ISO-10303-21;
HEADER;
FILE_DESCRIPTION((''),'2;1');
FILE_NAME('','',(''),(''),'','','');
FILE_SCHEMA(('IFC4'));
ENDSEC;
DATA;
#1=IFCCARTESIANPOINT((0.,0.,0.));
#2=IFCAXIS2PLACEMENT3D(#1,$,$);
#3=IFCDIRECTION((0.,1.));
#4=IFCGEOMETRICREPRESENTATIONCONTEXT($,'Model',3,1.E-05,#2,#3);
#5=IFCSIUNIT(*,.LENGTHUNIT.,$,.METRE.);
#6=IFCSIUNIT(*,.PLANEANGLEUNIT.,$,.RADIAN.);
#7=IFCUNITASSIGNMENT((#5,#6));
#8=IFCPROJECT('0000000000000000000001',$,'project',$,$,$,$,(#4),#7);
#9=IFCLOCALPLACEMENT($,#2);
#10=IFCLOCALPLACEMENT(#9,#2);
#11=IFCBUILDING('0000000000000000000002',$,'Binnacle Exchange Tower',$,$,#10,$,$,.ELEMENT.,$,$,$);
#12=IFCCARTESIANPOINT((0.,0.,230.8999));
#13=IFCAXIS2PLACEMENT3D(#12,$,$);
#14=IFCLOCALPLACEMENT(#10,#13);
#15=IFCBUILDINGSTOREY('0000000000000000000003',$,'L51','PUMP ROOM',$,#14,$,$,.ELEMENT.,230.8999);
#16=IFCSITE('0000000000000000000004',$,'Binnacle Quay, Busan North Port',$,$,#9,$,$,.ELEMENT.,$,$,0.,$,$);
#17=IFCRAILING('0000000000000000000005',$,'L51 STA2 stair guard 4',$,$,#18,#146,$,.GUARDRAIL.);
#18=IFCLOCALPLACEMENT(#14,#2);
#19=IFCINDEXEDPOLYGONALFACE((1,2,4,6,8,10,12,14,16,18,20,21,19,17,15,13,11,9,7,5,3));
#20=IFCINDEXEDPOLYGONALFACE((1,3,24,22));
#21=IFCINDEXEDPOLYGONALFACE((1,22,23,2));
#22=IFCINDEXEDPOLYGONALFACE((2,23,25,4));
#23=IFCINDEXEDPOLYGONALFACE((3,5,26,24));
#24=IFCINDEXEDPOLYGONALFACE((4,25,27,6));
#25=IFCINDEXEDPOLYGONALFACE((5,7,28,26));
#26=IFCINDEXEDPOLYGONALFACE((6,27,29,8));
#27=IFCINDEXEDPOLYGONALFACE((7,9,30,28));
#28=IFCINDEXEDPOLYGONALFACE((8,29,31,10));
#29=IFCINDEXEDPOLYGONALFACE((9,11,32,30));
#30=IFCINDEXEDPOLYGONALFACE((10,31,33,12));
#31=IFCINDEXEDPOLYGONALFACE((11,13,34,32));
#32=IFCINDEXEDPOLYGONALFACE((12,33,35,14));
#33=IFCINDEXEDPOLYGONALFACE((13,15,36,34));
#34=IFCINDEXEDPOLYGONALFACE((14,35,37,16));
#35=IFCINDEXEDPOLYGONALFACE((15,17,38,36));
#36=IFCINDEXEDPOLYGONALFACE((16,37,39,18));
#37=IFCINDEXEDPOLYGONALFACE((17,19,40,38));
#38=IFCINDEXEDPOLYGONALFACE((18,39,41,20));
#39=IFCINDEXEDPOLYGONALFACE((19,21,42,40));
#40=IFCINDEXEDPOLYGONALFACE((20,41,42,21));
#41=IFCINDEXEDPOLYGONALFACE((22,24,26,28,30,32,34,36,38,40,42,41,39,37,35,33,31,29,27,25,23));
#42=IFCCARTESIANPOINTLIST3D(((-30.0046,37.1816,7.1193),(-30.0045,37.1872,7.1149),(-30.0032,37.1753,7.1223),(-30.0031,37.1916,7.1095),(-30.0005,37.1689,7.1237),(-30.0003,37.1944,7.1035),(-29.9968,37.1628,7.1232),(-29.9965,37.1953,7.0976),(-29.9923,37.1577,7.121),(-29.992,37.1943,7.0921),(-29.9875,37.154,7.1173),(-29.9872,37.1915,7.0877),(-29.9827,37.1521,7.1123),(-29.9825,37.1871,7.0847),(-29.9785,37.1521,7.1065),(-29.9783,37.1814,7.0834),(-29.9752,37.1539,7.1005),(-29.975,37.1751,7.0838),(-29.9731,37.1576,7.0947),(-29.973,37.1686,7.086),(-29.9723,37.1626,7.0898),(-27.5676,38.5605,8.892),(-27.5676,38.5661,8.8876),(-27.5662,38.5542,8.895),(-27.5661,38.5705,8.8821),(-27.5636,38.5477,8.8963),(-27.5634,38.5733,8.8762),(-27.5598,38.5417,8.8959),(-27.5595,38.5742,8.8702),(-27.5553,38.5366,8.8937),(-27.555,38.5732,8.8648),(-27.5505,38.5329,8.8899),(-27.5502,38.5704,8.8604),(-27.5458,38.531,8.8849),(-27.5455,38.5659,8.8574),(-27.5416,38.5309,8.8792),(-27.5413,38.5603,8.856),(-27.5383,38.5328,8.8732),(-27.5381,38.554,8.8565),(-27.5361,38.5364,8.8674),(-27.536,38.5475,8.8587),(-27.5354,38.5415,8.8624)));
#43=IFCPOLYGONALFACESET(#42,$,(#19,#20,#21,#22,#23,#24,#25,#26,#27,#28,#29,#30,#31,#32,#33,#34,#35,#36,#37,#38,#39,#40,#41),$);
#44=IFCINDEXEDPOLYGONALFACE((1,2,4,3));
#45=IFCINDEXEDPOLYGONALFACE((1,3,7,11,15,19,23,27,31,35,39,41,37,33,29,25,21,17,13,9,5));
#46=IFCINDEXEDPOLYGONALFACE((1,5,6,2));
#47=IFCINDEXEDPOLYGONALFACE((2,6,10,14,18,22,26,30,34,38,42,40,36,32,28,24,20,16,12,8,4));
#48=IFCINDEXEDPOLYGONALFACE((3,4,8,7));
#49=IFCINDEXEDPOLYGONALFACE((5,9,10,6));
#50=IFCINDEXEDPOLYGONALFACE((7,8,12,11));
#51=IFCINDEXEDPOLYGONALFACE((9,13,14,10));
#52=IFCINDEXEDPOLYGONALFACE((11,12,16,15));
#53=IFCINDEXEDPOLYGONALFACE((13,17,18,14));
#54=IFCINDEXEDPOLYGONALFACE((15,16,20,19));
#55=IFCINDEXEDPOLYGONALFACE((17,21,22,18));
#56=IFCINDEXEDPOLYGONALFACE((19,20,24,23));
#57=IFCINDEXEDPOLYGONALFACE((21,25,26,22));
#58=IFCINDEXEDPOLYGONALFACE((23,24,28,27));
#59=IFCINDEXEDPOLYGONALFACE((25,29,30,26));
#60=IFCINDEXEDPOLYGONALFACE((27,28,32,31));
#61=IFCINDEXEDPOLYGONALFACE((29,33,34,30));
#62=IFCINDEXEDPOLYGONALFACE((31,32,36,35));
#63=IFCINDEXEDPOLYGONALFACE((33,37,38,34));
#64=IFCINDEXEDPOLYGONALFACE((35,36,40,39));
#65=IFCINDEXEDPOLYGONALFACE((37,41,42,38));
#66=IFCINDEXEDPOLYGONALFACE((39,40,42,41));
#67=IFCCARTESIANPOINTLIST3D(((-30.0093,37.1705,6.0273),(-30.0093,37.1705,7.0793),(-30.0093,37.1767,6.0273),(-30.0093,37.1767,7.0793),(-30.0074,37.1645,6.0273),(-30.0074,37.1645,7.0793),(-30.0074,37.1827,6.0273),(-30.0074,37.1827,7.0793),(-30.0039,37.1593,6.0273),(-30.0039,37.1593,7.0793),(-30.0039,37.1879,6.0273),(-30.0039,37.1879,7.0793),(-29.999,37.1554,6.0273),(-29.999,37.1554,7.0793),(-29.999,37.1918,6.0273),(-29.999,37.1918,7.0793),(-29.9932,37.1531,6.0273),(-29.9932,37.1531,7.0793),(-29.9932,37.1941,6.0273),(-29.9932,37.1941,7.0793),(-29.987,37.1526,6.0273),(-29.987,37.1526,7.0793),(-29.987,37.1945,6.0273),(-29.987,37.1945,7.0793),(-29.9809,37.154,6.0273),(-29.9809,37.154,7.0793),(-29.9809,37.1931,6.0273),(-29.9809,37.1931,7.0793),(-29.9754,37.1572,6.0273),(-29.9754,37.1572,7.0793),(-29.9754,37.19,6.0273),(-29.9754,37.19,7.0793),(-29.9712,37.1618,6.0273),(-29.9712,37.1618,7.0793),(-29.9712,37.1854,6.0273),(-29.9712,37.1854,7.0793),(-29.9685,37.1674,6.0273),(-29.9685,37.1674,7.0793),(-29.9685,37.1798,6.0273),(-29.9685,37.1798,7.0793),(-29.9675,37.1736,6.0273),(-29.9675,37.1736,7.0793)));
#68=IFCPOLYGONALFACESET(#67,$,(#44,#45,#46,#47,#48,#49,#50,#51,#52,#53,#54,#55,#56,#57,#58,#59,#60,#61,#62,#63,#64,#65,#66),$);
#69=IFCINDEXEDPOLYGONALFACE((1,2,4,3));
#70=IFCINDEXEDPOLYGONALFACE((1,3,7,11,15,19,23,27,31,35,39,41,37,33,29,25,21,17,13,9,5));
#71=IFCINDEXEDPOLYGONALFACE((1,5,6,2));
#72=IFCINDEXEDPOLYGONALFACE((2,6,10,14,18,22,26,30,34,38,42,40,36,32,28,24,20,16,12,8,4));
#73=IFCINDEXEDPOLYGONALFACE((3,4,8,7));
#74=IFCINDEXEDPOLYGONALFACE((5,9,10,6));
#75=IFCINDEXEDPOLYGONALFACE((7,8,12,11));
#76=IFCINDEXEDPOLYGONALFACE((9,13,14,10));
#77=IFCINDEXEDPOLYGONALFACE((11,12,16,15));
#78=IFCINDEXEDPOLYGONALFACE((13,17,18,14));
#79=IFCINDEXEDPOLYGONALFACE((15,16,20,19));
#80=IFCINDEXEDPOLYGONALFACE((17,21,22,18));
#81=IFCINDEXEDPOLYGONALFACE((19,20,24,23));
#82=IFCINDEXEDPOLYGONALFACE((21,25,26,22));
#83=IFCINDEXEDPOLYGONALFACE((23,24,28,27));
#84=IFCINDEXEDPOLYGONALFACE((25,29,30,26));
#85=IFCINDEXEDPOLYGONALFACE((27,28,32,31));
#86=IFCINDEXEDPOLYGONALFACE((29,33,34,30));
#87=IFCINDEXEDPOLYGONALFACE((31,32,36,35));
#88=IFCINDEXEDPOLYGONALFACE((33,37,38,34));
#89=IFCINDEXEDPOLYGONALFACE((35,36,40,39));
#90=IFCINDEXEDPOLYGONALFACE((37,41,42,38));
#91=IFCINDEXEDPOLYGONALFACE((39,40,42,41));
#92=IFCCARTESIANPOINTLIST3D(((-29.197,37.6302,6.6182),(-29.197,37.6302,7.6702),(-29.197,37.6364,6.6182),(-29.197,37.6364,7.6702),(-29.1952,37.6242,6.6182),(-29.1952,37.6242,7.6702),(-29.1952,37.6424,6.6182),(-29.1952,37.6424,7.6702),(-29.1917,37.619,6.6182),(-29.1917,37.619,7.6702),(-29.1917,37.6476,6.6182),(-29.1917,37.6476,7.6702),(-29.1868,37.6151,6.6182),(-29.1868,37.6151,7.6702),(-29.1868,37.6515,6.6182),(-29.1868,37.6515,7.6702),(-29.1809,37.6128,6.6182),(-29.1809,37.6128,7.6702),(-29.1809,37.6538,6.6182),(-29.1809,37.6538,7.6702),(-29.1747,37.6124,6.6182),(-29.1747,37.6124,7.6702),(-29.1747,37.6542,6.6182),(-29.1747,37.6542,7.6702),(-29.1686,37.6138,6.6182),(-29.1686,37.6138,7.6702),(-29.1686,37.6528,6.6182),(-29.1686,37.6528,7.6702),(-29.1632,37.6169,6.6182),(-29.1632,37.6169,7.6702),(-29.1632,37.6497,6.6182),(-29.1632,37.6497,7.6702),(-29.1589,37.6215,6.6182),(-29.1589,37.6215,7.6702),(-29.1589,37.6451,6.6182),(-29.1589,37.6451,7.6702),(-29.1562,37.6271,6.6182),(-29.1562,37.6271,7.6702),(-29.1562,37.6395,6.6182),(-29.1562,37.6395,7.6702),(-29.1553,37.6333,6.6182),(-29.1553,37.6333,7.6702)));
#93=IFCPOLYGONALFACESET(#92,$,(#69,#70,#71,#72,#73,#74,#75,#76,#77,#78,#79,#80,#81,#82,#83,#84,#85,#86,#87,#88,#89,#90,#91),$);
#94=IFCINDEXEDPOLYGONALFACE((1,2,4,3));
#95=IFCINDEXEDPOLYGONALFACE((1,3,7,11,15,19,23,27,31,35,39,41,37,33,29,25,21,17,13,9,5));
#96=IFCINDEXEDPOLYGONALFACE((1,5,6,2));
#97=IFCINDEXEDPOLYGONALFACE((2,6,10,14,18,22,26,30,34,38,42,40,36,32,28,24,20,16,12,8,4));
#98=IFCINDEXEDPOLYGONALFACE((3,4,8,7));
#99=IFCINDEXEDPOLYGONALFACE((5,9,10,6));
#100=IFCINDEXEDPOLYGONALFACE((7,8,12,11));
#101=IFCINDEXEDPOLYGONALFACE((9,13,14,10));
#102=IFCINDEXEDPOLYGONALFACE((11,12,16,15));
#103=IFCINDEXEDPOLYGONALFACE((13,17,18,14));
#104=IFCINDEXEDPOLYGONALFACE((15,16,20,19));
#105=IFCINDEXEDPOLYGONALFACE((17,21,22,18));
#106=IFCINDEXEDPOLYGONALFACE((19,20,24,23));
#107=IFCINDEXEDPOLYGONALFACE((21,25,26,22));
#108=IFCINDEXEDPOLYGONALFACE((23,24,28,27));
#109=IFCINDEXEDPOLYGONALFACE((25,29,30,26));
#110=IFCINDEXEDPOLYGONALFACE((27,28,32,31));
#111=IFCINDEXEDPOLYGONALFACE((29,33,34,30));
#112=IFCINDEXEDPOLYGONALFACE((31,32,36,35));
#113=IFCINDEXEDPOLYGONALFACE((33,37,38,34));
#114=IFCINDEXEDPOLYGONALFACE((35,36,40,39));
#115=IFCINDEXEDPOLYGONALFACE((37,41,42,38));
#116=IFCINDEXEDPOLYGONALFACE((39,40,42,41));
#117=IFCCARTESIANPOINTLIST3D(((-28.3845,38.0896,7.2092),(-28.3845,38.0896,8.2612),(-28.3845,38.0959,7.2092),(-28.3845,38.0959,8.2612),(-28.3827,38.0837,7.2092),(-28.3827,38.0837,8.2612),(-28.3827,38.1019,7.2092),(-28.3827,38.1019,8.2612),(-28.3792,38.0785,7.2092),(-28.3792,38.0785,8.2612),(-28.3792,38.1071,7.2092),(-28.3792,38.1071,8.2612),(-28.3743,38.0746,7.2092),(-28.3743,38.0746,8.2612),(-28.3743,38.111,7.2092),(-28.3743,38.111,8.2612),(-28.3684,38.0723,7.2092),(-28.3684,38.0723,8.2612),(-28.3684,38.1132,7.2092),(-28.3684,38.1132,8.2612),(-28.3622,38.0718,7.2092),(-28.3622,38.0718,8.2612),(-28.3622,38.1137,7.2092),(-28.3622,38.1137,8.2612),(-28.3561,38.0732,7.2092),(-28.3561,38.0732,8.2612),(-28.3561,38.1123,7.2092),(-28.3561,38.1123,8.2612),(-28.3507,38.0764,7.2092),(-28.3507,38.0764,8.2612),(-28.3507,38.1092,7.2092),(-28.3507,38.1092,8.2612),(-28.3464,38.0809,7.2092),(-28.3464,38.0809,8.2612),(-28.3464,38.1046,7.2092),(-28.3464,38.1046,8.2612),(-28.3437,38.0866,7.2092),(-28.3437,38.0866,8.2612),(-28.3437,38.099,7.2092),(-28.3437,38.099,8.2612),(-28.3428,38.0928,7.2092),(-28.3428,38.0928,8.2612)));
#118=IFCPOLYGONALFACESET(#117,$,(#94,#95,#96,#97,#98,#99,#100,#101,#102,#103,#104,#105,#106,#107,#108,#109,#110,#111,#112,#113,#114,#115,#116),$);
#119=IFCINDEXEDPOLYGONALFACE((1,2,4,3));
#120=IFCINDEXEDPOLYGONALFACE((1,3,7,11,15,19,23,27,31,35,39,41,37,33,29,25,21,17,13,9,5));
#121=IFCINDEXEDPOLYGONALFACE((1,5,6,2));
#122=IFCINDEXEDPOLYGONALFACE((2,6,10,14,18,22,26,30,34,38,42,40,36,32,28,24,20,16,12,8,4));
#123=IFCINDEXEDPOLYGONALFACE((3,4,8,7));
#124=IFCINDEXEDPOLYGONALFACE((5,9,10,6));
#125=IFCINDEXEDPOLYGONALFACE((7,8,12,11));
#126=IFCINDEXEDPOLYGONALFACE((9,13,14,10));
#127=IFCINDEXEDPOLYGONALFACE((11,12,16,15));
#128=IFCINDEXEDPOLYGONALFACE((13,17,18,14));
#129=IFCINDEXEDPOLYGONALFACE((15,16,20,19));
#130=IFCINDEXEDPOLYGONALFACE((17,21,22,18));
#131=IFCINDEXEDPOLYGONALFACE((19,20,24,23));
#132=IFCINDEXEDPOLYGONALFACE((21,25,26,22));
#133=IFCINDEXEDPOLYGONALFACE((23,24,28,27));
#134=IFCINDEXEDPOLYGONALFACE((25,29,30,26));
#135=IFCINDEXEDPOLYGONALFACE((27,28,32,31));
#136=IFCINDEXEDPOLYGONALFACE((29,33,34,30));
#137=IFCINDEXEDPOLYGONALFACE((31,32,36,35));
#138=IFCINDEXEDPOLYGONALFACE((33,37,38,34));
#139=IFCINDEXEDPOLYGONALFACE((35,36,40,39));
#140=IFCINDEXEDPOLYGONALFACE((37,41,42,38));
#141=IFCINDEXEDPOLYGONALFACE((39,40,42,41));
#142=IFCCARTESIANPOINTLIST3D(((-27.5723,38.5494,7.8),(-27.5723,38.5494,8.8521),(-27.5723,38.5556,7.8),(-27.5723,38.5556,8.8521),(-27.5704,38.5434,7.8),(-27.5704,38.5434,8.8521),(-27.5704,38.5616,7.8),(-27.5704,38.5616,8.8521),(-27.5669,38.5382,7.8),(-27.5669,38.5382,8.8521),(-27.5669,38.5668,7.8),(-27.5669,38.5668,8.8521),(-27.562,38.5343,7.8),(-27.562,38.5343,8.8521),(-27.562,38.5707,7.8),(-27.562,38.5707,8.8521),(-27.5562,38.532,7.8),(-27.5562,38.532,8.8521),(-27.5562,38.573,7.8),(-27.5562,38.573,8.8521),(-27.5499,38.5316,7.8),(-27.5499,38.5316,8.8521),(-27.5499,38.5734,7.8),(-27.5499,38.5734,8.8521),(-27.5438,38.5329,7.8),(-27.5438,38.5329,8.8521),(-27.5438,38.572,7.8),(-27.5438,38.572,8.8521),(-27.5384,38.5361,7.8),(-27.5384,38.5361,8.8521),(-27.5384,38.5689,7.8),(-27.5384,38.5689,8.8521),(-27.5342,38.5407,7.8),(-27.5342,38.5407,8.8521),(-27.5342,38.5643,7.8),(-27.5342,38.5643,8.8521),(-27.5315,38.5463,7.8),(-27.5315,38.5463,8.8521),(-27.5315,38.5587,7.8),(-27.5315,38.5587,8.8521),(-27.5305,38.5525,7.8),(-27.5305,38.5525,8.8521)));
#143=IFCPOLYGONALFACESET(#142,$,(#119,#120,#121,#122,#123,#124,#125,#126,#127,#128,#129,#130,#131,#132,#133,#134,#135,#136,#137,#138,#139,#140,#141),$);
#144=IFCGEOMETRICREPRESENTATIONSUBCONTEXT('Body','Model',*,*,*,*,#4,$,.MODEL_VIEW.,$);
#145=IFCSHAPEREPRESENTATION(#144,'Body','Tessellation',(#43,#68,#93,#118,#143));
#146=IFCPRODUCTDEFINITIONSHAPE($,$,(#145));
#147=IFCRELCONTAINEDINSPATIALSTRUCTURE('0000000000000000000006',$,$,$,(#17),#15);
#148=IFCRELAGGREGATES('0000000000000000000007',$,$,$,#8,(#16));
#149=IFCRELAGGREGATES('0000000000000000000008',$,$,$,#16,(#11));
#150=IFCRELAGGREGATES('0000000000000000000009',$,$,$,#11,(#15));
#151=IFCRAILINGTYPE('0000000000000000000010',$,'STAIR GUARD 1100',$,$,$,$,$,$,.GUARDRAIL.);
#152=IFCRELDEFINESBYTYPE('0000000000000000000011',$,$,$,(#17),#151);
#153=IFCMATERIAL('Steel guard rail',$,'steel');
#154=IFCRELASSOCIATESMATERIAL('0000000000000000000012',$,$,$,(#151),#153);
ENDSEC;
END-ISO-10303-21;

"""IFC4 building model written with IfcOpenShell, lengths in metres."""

from ifc_helpers import new_model, si_unit, direction, frame, origin, origin_2d, place, context, subcontext, project, spatial, circle, extrude, material, type_object, element, save


model = new_model("IFC4")

# Units and contexts
model_context = context("Model", 3, precision=1e-05, world=origin(), true_north=direction((0.0, 1.0)))
body_context = subcontext(model_context, "Body", "Model", "MODEL_VIEW")
ifc_project = project(units=[si_unit("LENGTHUNIT", "METRE"), si_unit("PLANEANGLEUNIT", "RADIAN")], contexts=[model_context])

# Site, building, storey
site_placement = place(None, origin())
site = spatial("IfcSite", under=ifc_project, at=site_placement, Name="Binnacle Quay, Busan North Port", CompositionType="ELEMENT", RefElevation=0.0)
building_placement = place(site_placement, origin())
building = spatial("IfcBuilding", under=site, at=building_placement, Name="Binnacle Exchange Tower", CompositionType="ELEMENT")
storey_placement = place(building_placement, frame((0.0, 0.0, 230.8999)))
storey = spatial("IfcBuildingStorey", under=building, at=storey_placement, Name="L51", Description="PUMP ROOM", CompositionType="ELEMENT", Elevation=230.8999)

# Railing
ifc_material_1 = material(Name="Steel guard rail", Category="steel")
railing_type_1 = type_object("IfcRailingType", Name="STAIR GUARD 1100", PredefinedType="GUARDRAIL", material=ifc_material_1)
railing_1_placement = place(storey_placement, frame((-29.9885, 37.1736, 6.0273)))
element("IfcRailing", 1, at=railing_1_placement, inside=storey, type_object=railing_type_1, Name="L51 STA2 stair guard 4", PredefinedType="GUARDRAIL", context=body_context, shape_type="SweptSolid", body=[
    extrude(circle(Radius=0.0239, at=origin_2d()), frame((0.0, 0.0, 1.0762), z_axis=(0.735359, 0.41608, 0.534907), x_axis=(-0.492454, 0.870339, 0.0)), (0.0, 0.0, 1.0), 3.314),
    extrude(circle(Radius=0.021, at=origin_2d()), origin(), (0.0, 0.0, 1.0), 1.052),
    extrude(circle(Radius=0.021, at=origin_2d()), frame((0.8123, 0.4597, 0.5908)), (0.0, 0.0, 1.0), 1.052),
    extrude(circle(Radius=0.021, at=origin_2d()), frame((1.6248, 0.9192, 1.1819)), (0.0, 0.0, 1.0), 1.052),
    extrude(circle(Radius=0.021, at=origin_2d()), frame((2.437, 1.3789, 1.7727)), (0.0, 0.0, 1.0), 1.052),
])

save(model, "model.ifc")
